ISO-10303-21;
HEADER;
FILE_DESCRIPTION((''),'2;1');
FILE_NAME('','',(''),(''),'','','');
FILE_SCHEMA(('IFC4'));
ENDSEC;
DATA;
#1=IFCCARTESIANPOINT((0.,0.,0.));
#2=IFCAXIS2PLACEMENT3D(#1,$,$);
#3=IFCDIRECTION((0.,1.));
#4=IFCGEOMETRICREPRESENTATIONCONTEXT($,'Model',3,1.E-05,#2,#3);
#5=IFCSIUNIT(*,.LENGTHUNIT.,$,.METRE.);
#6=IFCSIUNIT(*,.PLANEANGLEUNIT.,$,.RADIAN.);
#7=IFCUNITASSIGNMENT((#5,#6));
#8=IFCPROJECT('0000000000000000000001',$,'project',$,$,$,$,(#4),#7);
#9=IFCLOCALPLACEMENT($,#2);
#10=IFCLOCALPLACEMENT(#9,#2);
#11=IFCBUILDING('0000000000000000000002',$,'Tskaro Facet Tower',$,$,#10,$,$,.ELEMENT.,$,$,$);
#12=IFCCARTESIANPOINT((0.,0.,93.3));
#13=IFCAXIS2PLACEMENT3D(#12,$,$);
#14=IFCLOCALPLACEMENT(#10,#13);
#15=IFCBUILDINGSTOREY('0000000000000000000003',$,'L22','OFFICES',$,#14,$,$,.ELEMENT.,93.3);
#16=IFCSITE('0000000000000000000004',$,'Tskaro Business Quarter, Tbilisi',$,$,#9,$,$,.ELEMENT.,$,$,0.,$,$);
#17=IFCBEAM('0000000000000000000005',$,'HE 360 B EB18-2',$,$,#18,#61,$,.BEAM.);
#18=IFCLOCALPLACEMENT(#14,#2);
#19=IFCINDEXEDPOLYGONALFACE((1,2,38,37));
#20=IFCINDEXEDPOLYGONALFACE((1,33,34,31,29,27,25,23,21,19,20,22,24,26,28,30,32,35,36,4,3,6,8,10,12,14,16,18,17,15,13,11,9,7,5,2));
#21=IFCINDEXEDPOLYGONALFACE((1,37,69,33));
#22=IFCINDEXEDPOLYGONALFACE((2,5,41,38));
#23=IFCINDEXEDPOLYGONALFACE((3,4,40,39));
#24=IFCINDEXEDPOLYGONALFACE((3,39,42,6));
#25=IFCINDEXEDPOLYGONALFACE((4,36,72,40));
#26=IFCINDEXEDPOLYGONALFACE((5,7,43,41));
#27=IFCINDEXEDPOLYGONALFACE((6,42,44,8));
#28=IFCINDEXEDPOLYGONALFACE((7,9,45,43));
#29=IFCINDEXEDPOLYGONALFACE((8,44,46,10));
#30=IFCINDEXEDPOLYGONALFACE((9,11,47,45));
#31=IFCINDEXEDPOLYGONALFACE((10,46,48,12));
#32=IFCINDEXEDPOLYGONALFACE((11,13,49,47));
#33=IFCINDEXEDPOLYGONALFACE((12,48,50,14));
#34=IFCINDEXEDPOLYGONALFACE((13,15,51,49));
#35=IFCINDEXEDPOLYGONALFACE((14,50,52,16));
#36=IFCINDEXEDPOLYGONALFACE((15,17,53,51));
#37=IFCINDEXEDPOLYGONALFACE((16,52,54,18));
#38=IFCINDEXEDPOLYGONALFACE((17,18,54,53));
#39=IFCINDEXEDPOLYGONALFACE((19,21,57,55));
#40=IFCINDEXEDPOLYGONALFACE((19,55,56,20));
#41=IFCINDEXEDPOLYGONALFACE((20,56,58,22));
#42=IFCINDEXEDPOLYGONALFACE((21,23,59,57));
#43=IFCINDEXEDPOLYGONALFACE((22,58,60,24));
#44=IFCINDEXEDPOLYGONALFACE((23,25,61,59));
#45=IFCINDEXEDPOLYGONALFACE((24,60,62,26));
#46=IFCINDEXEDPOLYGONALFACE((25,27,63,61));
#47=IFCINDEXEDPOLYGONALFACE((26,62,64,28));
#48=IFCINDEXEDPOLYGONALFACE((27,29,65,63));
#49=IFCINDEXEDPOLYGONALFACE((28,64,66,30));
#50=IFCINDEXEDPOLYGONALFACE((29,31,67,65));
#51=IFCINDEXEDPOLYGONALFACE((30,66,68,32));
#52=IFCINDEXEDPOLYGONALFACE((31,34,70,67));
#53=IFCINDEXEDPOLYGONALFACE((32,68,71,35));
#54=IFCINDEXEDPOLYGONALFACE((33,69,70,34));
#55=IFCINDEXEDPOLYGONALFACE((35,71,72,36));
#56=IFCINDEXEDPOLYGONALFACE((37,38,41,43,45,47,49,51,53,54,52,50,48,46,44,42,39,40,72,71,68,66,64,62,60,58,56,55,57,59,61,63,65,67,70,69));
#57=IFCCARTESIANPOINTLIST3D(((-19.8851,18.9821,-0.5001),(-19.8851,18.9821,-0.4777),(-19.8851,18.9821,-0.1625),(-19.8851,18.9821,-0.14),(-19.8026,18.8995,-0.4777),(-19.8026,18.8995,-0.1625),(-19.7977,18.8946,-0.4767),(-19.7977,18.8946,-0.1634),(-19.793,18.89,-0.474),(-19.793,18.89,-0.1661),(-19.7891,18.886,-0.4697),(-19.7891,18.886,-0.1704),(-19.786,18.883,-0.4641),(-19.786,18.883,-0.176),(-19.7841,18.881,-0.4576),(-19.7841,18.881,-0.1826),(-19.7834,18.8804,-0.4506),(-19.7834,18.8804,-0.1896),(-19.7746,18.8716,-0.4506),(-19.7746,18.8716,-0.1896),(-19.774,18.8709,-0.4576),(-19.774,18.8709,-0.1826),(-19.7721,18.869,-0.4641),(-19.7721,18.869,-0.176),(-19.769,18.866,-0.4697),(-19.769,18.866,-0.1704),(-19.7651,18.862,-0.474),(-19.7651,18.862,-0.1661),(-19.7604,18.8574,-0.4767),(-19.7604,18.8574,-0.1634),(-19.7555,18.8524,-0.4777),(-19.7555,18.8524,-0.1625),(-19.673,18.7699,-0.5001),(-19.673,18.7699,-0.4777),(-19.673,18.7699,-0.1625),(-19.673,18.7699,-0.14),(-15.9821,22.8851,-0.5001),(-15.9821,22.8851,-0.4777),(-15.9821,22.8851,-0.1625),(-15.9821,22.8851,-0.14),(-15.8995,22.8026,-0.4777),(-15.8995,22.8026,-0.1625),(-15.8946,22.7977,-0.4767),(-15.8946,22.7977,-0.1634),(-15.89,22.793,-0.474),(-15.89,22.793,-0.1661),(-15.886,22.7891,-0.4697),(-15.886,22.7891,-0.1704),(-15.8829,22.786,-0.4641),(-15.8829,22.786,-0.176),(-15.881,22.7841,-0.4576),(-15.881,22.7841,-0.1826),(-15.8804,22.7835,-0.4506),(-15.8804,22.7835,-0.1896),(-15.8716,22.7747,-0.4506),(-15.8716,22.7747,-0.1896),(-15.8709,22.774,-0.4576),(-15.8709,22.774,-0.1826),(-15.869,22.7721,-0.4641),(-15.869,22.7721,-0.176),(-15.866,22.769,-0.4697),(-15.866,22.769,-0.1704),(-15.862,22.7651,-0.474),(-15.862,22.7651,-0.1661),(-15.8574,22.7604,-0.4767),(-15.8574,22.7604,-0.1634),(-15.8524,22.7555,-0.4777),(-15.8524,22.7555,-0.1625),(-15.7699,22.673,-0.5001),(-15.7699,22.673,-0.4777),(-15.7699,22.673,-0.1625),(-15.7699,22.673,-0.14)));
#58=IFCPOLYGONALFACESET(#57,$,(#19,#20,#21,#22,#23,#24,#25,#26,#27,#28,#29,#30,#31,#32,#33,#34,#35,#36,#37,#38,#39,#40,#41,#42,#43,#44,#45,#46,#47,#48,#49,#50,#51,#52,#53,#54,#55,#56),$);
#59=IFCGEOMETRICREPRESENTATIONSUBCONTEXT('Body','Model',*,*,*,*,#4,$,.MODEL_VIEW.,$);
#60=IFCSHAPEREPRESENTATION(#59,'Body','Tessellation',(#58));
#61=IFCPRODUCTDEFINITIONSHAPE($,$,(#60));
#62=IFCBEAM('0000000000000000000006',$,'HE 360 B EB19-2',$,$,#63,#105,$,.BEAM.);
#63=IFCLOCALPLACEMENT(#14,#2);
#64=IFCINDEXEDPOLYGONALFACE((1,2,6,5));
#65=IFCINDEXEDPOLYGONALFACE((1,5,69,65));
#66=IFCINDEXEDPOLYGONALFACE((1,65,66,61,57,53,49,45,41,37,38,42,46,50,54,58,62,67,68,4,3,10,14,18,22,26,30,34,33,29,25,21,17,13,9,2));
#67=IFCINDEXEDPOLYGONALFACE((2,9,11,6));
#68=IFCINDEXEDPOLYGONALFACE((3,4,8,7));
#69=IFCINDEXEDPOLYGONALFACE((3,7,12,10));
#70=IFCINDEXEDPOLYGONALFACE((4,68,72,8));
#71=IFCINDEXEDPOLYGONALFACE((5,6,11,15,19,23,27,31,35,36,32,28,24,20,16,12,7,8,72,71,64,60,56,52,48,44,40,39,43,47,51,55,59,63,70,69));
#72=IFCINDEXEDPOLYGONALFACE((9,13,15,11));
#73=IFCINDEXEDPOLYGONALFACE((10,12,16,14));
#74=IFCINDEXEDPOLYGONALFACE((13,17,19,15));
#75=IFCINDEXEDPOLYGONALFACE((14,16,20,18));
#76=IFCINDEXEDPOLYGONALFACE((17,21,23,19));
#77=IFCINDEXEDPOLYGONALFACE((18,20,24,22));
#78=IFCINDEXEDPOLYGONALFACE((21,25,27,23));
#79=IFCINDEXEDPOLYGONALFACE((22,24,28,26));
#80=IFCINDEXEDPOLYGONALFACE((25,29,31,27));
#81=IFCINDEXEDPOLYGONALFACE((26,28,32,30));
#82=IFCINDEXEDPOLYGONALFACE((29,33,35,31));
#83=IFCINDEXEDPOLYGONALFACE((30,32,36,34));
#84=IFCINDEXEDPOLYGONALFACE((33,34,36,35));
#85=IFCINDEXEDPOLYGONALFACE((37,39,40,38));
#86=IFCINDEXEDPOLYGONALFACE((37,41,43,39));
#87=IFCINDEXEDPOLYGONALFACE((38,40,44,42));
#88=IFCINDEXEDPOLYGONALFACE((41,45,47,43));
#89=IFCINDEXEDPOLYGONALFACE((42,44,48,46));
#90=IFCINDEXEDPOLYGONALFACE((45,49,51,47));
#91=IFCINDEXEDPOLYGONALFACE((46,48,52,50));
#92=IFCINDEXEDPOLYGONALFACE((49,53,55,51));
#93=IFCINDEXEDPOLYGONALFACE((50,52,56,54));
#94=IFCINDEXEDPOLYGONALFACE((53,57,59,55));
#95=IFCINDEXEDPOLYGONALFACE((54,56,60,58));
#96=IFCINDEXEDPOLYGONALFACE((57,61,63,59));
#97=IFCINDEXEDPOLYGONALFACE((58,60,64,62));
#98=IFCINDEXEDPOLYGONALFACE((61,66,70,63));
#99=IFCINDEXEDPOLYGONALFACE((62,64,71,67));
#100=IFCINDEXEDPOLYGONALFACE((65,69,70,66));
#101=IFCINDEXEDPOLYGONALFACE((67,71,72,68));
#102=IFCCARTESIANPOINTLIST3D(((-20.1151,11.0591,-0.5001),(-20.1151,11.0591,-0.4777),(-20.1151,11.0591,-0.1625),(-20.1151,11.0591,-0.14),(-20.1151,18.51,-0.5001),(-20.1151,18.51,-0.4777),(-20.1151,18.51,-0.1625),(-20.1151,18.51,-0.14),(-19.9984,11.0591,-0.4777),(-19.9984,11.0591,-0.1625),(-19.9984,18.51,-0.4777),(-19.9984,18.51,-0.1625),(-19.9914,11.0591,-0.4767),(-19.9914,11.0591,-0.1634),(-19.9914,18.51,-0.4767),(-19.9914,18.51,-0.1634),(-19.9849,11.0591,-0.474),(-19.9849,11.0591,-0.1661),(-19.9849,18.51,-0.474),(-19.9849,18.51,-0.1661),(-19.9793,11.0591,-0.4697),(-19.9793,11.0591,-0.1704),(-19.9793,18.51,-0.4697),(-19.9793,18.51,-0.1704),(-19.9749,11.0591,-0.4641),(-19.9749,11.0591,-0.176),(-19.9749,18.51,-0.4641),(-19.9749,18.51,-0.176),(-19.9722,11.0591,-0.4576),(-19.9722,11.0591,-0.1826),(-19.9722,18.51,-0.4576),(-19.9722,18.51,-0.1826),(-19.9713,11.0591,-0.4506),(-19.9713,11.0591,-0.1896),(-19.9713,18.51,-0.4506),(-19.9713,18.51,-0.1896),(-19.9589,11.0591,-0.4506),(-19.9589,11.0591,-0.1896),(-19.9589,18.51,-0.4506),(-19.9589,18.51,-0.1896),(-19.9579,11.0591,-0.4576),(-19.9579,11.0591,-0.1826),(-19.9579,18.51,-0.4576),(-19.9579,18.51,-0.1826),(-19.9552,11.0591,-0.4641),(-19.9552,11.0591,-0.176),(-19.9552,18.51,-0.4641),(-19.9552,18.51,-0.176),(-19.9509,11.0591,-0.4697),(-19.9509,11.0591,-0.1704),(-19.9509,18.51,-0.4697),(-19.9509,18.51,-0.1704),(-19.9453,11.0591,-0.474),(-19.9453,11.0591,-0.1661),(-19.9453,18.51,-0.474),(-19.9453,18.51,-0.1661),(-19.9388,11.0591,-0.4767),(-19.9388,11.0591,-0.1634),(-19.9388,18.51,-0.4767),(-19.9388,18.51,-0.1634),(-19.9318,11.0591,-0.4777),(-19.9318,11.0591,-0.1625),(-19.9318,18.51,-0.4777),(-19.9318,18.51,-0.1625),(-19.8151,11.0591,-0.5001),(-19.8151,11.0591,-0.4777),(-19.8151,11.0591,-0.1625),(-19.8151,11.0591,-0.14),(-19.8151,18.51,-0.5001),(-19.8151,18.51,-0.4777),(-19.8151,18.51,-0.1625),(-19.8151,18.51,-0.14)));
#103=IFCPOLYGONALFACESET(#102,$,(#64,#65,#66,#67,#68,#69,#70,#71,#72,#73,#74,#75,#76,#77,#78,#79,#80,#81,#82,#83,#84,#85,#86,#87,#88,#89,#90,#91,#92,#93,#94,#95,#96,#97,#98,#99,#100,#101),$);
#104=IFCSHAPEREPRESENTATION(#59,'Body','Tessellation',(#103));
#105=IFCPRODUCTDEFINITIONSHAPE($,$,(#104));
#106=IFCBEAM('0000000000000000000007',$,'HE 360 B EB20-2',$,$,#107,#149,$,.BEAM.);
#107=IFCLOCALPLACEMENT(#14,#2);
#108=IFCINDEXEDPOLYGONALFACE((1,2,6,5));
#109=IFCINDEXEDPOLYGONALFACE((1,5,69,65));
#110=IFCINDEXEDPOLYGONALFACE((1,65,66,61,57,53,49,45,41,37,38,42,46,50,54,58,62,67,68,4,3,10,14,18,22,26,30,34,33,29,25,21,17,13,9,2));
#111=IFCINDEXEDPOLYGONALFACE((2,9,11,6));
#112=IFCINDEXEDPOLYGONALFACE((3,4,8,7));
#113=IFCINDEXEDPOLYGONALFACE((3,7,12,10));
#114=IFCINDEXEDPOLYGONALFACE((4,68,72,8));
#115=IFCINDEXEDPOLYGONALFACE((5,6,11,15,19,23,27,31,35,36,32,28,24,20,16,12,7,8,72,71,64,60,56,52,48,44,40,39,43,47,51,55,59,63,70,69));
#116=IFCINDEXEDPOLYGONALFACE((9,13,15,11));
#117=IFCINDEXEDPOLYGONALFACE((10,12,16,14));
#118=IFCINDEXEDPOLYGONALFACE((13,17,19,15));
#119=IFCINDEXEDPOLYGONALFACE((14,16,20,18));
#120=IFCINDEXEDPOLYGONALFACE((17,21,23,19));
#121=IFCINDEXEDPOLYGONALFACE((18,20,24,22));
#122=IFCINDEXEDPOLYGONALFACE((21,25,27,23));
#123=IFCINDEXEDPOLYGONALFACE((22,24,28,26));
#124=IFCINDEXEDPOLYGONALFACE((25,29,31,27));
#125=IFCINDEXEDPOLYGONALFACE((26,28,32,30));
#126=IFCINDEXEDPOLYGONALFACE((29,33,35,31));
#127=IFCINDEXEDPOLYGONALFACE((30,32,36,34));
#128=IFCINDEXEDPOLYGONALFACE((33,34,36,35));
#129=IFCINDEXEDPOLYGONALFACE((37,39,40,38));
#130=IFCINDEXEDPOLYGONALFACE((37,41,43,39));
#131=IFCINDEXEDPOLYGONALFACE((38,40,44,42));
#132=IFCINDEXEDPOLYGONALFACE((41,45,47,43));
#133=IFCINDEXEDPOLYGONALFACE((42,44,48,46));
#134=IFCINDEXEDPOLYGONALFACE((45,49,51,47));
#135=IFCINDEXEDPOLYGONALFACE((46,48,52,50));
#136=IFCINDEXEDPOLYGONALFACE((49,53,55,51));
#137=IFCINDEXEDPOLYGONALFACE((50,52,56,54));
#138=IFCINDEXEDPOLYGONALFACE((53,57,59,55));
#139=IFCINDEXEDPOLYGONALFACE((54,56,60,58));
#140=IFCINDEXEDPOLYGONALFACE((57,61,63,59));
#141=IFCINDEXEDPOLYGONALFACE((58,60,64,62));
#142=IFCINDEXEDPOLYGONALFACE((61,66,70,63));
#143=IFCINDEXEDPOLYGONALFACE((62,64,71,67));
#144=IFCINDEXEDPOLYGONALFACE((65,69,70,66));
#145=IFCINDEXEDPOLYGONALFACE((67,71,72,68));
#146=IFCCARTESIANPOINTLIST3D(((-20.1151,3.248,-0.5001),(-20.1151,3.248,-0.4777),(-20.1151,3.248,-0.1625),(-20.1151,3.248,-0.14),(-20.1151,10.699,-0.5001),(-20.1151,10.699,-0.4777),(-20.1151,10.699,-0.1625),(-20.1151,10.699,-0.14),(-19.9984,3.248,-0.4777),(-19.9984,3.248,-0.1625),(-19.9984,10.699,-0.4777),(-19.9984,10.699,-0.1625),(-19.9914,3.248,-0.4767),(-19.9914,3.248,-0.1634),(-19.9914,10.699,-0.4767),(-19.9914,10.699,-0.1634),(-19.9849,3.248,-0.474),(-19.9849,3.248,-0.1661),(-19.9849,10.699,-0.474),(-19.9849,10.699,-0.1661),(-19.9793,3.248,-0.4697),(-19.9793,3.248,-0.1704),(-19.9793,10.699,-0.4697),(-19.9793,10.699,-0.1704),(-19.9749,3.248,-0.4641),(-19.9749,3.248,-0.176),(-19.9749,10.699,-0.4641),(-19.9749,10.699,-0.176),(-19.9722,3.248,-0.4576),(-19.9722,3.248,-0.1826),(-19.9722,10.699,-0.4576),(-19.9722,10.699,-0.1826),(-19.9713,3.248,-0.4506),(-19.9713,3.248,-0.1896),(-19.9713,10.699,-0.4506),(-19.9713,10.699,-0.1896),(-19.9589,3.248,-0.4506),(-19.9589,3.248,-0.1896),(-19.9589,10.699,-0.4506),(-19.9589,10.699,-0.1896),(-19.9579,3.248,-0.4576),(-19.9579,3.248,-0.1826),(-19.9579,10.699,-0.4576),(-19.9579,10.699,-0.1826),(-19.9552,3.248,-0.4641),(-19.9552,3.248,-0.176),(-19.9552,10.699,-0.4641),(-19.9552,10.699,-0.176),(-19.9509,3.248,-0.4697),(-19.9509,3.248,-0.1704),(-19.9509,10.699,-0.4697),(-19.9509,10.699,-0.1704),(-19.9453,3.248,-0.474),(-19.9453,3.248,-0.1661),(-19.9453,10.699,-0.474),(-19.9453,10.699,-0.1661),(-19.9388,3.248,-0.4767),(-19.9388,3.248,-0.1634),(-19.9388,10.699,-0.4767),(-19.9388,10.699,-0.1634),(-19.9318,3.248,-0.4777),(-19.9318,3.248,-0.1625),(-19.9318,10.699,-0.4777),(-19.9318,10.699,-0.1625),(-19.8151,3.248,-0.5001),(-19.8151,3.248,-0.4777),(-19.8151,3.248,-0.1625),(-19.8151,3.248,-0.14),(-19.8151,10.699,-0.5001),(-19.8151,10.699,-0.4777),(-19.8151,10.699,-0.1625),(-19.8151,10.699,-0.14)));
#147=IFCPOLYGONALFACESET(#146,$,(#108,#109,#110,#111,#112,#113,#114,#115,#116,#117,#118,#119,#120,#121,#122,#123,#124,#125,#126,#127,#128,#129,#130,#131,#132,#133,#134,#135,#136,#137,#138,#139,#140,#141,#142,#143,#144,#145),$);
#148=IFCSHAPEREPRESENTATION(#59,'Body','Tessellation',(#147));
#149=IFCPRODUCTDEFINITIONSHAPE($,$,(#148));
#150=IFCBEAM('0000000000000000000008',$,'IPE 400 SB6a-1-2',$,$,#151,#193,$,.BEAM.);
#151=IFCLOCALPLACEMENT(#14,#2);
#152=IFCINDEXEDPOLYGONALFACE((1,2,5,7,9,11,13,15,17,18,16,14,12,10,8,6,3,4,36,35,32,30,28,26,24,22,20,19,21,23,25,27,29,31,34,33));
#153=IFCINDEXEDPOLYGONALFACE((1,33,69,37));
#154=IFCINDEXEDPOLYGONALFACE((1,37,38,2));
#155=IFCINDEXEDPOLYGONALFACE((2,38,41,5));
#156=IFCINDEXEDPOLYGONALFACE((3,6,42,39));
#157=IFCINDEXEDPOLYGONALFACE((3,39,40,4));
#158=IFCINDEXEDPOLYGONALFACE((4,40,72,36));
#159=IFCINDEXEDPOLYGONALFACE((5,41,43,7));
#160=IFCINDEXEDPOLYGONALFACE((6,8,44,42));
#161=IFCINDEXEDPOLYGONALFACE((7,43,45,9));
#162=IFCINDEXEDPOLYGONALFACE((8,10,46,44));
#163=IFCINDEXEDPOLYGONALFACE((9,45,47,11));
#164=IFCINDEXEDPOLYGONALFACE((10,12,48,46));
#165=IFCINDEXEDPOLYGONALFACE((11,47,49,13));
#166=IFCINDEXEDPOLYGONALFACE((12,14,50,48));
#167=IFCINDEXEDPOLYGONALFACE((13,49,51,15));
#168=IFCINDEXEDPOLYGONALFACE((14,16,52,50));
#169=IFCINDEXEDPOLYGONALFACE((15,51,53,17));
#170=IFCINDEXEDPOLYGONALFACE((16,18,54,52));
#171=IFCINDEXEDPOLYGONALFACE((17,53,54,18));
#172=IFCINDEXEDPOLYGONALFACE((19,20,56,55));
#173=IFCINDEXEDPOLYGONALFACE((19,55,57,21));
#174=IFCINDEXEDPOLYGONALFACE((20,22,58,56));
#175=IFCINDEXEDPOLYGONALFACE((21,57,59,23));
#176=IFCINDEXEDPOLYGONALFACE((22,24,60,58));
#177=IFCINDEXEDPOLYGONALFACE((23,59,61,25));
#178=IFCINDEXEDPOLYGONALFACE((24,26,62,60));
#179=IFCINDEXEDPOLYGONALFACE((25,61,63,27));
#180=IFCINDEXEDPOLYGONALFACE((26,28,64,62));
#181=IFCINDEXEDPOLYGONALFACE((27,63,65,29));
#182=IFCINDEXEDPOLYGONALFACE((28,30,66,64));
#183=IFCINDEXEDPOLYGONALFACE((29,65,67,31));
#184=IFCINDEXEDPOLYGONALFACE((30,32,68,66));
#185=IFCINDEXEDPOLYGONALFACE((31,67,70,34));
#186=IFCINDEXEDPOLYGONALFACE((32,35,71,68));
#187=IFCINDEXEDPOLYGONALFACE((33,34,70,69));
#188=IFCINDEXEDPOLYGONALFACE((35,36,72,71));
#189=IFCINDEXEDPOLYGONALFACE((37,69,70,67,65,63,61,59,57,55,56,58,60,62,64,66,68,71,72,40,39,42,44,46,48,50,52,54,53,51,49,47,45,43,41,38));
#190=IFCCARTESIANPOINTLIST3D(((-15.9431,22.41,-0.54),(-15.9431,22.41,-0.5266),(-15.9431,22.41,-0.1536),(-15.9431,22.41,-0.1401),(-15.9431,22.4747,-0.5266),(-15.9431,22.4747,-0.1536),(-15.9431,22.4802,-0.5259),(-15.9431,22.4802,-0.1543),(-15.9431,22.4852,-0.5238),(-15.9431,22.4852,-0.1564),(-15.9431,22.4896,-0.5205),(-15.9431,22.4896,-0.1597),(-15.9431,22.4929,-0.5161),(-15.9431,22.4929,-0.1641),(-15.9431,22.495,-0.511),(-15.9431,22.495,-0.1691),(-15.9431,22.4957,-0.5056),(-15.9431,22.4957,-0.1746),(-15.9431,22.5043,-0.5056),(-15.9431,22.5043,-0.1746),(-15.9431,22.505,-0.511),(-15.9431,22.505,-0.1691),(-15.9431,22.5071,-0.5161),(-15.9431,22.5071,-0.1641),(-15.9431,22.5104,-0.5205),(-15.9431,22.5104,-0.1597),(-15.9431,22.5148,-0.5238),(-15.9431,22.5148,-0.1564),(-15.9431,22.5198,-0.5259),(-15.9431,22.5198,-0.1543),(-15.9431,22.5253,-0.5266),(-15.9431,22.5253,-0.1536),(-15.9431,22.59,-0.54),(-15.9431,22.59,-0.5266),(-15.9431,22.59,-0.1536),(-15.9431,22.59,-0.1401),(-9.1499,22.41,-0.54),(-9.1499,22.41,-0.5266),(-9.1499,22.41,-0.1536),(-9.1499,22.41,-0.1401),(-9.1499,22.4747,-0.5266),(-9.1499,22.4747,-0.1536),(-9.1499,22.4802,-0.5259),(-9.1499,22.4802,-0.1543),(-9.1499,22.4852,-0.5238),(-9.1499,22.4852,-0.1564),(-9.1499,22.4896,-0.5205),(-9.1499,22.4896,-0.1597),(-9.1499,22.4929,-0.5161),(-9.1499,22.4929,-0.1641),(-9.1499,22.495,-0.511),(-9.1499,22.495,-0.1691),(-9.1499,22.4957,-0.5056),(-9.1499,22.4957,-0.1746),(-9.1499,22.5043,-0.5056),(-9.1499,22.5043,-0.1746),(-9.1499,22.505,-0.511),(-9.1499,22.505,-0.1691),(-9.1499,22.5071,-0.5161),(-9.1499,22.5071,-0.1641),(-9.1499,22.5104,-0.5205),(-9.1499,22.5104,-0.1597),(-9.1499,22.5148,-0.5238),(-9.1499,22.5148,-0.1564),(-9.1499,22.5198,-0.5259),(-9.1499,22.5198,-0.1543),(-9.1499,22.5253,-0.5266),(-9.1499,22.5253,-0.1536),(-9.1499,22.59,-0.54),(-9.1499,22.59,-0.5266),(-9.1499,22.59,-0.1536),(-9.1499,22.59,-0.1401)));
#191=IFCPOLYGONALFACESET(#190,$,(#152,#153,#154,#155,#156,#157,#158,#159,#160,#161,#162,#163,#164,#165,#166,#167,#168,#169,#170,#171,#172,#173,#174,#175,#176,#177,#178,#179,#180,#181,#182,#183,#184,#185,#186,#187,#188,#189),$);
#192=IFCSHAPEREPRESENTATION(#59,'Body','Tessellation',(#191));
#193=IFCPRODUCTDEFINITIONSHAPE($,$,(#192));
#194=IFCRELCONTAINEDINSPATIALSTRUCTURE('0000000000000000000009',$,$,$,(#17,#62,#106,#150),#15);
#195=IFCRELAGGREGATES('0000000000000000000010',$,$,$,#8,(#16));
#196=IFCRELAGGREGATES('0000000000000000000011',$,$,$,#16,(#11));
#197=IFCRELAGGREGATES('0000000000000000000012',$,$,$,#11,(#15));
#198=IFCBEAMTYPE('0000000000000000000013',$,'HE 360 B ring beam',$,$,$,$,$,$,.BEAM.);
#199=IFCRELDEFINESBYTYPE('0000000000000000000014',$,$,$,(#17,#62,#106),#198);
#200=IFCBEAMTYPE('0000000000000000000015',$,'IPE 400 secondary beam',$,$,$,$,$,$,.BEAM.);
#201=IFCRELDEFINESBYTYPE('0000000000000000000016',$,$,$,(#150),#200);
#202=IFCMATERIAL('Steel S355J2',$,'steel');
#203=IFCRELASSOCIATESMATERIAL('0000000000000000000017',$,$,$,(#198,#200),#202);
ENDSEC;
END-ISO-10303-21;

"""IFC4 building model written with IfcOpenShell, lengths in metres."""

from ifc_helpers import new_model, si_unit, direction, frame, origin, origin_2d, place, context, subcontext, project, spatial, i_section, extrude, material, material_profile, profile_set, type_object, element, save


model = new_model("IFC4")

# Units and contexts
model_context = context("Model", 3, precision=1e-05, world=origin(), true_north=direction((0.0, 1.0)))
body_context = subcontext(model_context, "Body", "Model", "MODEL_VIEW")
ifc_project = project(units=[si_unit("LENGTHUNIT", "METRE"), si_unit("PLANEANGLEUNIT", "RADIAN")], contexts=[model_context])

# Site, building, storey
site_placement = place(None, origin())
site = spatial("IfcSite", under=ifc_project, at=site_placement, Name="Tskaro Business Quarter, Tbilisi", CompositionType="ELEMENT", RefElevation=0.0)
building_placement = place(site_placement, origin())
building = spatial("IfcBuilding", under=site, at=building_placement, Name="Tskaro Facet Tower", CompositionType="ELEMENT")
storey_placement = place(building_placement, frame((0.0, 0.0, 93.3)))
storey = spatial("IfcBuildingStorey", under=building, at=storey_placement, Name="L22", Description="OFFICES", CompositionType="ELEMENT", Elevation=93.3)

# Beams
ifc_material_1 = material(Name="Steel S355J2", Category="steel")
ifc_material_profile_1 = material_profile(ifc_material_1, i_section(OverallWidth=0.3, OverallDepth=0.3601, WebThickness=0.0125, FlangeThickness=0.0225, FilletRadius=0.0271, at=origin_2d()), Name="HE 360 B")
ifc_profile_set_1 = profile_set([ifc_material_profile_1], Name="Steel S355J2")
beam_type_1 = type_object("IfcBeamType", Name="HE 360 B ring beam", PredefinedType="BEAM", material=ifc_profile_set_1)
beam_1_placement = place(storey_placement, frame((-15.876, 22.7791, -0.3201), z_axis=(-0.707107, -0.707107, 0.0), x_axis=(0.707107, -0.707107, 0.0)))
element("IfcBeam", 1, at=beam_1_placement, inside=storey, type_object=beam_type_1, Name="HE 360 B EB18-2", PredefinedType="BEAM", context=body_context, shape_type="SweptSolid", body=[
    extrude(i_section(OverallWidth=0.3, OverallDepth=0.3601, WebThickness=0.0125, FlangeThickness=0.0225, FilletRadius=0.0271, at=origin_2d()), origin(), (0.0, 0.0, 1.0), 5.5198),
])
for number, where, z_axis, x_axis, name in (
    (2, (-19.9651, 18.51, -0.3201), (0.0, -1.0, 0.0), (1.0, 0.0, 0.0), "HE 360 B EB19-2"),
    (3, (-19.9651, 10.699, -0.3201), (0.0, -1.0, 0.0), (1.0, 0.0, 0.0), "HE 360 B EB20-2"),
):
    element("IfcBeam", number, at=place(storey_placement, frame(where, z_axis=z_axis, x_axis=x_axis)), inside=storey, type_object=beam_type_1, Name=name, PredefinedType="BEAM", context=body_context, shape_type="SweptSolid", body=[
        extrude(i_section(OverallWidth=0.3, OverallDepth=0.3601, WebThickness=0.0125, FlangeThickness=0.0225, FilletRadius=0.0271, at=origin_2d()), origin(), (0.0, 0.0, 1.0), 7.4509),
    ])
ifc_material_profile_2 = material_profile(ifc_material_1, i_section(OverallWidth=0.1799, OverallDepth=0.3999, WebThickness=0.0085, FlangeThickness=0.0134, FilletRadius=0.021, at=origin_2d()), Name="IPE 400")
ifc_profile_set_2 = profile_set([ifc_material_profile_2], Name="Steel S355J2")
beam_type_2 = type_object("IfcBeamType", Name="IPE 400 secondary beam", PredefinedType="BEAM", material=ifc_profile_set_2)
beam_2_placement = place(storey_placement, frame((-15.9431, 22.5, -0.3401), z_axis=(1.0, 0.0, 0.0), x_axis=(0.0, 1.0, 0.0)))
element("IfcBeam", 4, at=beam_2_placement, inside=storey, type_object=beam_type_2, Name="IPE 400 SB6a-1-2", PredefinedType="BEAM", context=body_context, shape_type="SweptSolid", body=[
    extrude(i_section(OverallWidth=0.1799, OverallDepth=0.3999, WebThickness=0.0085, FlangeThickness=0.0134, FilletRadius=0.021, at=origin_2d()), origin(), (0.0, 0.0, 1.0), 6.7932),
])

save(model, "model.ifc")
